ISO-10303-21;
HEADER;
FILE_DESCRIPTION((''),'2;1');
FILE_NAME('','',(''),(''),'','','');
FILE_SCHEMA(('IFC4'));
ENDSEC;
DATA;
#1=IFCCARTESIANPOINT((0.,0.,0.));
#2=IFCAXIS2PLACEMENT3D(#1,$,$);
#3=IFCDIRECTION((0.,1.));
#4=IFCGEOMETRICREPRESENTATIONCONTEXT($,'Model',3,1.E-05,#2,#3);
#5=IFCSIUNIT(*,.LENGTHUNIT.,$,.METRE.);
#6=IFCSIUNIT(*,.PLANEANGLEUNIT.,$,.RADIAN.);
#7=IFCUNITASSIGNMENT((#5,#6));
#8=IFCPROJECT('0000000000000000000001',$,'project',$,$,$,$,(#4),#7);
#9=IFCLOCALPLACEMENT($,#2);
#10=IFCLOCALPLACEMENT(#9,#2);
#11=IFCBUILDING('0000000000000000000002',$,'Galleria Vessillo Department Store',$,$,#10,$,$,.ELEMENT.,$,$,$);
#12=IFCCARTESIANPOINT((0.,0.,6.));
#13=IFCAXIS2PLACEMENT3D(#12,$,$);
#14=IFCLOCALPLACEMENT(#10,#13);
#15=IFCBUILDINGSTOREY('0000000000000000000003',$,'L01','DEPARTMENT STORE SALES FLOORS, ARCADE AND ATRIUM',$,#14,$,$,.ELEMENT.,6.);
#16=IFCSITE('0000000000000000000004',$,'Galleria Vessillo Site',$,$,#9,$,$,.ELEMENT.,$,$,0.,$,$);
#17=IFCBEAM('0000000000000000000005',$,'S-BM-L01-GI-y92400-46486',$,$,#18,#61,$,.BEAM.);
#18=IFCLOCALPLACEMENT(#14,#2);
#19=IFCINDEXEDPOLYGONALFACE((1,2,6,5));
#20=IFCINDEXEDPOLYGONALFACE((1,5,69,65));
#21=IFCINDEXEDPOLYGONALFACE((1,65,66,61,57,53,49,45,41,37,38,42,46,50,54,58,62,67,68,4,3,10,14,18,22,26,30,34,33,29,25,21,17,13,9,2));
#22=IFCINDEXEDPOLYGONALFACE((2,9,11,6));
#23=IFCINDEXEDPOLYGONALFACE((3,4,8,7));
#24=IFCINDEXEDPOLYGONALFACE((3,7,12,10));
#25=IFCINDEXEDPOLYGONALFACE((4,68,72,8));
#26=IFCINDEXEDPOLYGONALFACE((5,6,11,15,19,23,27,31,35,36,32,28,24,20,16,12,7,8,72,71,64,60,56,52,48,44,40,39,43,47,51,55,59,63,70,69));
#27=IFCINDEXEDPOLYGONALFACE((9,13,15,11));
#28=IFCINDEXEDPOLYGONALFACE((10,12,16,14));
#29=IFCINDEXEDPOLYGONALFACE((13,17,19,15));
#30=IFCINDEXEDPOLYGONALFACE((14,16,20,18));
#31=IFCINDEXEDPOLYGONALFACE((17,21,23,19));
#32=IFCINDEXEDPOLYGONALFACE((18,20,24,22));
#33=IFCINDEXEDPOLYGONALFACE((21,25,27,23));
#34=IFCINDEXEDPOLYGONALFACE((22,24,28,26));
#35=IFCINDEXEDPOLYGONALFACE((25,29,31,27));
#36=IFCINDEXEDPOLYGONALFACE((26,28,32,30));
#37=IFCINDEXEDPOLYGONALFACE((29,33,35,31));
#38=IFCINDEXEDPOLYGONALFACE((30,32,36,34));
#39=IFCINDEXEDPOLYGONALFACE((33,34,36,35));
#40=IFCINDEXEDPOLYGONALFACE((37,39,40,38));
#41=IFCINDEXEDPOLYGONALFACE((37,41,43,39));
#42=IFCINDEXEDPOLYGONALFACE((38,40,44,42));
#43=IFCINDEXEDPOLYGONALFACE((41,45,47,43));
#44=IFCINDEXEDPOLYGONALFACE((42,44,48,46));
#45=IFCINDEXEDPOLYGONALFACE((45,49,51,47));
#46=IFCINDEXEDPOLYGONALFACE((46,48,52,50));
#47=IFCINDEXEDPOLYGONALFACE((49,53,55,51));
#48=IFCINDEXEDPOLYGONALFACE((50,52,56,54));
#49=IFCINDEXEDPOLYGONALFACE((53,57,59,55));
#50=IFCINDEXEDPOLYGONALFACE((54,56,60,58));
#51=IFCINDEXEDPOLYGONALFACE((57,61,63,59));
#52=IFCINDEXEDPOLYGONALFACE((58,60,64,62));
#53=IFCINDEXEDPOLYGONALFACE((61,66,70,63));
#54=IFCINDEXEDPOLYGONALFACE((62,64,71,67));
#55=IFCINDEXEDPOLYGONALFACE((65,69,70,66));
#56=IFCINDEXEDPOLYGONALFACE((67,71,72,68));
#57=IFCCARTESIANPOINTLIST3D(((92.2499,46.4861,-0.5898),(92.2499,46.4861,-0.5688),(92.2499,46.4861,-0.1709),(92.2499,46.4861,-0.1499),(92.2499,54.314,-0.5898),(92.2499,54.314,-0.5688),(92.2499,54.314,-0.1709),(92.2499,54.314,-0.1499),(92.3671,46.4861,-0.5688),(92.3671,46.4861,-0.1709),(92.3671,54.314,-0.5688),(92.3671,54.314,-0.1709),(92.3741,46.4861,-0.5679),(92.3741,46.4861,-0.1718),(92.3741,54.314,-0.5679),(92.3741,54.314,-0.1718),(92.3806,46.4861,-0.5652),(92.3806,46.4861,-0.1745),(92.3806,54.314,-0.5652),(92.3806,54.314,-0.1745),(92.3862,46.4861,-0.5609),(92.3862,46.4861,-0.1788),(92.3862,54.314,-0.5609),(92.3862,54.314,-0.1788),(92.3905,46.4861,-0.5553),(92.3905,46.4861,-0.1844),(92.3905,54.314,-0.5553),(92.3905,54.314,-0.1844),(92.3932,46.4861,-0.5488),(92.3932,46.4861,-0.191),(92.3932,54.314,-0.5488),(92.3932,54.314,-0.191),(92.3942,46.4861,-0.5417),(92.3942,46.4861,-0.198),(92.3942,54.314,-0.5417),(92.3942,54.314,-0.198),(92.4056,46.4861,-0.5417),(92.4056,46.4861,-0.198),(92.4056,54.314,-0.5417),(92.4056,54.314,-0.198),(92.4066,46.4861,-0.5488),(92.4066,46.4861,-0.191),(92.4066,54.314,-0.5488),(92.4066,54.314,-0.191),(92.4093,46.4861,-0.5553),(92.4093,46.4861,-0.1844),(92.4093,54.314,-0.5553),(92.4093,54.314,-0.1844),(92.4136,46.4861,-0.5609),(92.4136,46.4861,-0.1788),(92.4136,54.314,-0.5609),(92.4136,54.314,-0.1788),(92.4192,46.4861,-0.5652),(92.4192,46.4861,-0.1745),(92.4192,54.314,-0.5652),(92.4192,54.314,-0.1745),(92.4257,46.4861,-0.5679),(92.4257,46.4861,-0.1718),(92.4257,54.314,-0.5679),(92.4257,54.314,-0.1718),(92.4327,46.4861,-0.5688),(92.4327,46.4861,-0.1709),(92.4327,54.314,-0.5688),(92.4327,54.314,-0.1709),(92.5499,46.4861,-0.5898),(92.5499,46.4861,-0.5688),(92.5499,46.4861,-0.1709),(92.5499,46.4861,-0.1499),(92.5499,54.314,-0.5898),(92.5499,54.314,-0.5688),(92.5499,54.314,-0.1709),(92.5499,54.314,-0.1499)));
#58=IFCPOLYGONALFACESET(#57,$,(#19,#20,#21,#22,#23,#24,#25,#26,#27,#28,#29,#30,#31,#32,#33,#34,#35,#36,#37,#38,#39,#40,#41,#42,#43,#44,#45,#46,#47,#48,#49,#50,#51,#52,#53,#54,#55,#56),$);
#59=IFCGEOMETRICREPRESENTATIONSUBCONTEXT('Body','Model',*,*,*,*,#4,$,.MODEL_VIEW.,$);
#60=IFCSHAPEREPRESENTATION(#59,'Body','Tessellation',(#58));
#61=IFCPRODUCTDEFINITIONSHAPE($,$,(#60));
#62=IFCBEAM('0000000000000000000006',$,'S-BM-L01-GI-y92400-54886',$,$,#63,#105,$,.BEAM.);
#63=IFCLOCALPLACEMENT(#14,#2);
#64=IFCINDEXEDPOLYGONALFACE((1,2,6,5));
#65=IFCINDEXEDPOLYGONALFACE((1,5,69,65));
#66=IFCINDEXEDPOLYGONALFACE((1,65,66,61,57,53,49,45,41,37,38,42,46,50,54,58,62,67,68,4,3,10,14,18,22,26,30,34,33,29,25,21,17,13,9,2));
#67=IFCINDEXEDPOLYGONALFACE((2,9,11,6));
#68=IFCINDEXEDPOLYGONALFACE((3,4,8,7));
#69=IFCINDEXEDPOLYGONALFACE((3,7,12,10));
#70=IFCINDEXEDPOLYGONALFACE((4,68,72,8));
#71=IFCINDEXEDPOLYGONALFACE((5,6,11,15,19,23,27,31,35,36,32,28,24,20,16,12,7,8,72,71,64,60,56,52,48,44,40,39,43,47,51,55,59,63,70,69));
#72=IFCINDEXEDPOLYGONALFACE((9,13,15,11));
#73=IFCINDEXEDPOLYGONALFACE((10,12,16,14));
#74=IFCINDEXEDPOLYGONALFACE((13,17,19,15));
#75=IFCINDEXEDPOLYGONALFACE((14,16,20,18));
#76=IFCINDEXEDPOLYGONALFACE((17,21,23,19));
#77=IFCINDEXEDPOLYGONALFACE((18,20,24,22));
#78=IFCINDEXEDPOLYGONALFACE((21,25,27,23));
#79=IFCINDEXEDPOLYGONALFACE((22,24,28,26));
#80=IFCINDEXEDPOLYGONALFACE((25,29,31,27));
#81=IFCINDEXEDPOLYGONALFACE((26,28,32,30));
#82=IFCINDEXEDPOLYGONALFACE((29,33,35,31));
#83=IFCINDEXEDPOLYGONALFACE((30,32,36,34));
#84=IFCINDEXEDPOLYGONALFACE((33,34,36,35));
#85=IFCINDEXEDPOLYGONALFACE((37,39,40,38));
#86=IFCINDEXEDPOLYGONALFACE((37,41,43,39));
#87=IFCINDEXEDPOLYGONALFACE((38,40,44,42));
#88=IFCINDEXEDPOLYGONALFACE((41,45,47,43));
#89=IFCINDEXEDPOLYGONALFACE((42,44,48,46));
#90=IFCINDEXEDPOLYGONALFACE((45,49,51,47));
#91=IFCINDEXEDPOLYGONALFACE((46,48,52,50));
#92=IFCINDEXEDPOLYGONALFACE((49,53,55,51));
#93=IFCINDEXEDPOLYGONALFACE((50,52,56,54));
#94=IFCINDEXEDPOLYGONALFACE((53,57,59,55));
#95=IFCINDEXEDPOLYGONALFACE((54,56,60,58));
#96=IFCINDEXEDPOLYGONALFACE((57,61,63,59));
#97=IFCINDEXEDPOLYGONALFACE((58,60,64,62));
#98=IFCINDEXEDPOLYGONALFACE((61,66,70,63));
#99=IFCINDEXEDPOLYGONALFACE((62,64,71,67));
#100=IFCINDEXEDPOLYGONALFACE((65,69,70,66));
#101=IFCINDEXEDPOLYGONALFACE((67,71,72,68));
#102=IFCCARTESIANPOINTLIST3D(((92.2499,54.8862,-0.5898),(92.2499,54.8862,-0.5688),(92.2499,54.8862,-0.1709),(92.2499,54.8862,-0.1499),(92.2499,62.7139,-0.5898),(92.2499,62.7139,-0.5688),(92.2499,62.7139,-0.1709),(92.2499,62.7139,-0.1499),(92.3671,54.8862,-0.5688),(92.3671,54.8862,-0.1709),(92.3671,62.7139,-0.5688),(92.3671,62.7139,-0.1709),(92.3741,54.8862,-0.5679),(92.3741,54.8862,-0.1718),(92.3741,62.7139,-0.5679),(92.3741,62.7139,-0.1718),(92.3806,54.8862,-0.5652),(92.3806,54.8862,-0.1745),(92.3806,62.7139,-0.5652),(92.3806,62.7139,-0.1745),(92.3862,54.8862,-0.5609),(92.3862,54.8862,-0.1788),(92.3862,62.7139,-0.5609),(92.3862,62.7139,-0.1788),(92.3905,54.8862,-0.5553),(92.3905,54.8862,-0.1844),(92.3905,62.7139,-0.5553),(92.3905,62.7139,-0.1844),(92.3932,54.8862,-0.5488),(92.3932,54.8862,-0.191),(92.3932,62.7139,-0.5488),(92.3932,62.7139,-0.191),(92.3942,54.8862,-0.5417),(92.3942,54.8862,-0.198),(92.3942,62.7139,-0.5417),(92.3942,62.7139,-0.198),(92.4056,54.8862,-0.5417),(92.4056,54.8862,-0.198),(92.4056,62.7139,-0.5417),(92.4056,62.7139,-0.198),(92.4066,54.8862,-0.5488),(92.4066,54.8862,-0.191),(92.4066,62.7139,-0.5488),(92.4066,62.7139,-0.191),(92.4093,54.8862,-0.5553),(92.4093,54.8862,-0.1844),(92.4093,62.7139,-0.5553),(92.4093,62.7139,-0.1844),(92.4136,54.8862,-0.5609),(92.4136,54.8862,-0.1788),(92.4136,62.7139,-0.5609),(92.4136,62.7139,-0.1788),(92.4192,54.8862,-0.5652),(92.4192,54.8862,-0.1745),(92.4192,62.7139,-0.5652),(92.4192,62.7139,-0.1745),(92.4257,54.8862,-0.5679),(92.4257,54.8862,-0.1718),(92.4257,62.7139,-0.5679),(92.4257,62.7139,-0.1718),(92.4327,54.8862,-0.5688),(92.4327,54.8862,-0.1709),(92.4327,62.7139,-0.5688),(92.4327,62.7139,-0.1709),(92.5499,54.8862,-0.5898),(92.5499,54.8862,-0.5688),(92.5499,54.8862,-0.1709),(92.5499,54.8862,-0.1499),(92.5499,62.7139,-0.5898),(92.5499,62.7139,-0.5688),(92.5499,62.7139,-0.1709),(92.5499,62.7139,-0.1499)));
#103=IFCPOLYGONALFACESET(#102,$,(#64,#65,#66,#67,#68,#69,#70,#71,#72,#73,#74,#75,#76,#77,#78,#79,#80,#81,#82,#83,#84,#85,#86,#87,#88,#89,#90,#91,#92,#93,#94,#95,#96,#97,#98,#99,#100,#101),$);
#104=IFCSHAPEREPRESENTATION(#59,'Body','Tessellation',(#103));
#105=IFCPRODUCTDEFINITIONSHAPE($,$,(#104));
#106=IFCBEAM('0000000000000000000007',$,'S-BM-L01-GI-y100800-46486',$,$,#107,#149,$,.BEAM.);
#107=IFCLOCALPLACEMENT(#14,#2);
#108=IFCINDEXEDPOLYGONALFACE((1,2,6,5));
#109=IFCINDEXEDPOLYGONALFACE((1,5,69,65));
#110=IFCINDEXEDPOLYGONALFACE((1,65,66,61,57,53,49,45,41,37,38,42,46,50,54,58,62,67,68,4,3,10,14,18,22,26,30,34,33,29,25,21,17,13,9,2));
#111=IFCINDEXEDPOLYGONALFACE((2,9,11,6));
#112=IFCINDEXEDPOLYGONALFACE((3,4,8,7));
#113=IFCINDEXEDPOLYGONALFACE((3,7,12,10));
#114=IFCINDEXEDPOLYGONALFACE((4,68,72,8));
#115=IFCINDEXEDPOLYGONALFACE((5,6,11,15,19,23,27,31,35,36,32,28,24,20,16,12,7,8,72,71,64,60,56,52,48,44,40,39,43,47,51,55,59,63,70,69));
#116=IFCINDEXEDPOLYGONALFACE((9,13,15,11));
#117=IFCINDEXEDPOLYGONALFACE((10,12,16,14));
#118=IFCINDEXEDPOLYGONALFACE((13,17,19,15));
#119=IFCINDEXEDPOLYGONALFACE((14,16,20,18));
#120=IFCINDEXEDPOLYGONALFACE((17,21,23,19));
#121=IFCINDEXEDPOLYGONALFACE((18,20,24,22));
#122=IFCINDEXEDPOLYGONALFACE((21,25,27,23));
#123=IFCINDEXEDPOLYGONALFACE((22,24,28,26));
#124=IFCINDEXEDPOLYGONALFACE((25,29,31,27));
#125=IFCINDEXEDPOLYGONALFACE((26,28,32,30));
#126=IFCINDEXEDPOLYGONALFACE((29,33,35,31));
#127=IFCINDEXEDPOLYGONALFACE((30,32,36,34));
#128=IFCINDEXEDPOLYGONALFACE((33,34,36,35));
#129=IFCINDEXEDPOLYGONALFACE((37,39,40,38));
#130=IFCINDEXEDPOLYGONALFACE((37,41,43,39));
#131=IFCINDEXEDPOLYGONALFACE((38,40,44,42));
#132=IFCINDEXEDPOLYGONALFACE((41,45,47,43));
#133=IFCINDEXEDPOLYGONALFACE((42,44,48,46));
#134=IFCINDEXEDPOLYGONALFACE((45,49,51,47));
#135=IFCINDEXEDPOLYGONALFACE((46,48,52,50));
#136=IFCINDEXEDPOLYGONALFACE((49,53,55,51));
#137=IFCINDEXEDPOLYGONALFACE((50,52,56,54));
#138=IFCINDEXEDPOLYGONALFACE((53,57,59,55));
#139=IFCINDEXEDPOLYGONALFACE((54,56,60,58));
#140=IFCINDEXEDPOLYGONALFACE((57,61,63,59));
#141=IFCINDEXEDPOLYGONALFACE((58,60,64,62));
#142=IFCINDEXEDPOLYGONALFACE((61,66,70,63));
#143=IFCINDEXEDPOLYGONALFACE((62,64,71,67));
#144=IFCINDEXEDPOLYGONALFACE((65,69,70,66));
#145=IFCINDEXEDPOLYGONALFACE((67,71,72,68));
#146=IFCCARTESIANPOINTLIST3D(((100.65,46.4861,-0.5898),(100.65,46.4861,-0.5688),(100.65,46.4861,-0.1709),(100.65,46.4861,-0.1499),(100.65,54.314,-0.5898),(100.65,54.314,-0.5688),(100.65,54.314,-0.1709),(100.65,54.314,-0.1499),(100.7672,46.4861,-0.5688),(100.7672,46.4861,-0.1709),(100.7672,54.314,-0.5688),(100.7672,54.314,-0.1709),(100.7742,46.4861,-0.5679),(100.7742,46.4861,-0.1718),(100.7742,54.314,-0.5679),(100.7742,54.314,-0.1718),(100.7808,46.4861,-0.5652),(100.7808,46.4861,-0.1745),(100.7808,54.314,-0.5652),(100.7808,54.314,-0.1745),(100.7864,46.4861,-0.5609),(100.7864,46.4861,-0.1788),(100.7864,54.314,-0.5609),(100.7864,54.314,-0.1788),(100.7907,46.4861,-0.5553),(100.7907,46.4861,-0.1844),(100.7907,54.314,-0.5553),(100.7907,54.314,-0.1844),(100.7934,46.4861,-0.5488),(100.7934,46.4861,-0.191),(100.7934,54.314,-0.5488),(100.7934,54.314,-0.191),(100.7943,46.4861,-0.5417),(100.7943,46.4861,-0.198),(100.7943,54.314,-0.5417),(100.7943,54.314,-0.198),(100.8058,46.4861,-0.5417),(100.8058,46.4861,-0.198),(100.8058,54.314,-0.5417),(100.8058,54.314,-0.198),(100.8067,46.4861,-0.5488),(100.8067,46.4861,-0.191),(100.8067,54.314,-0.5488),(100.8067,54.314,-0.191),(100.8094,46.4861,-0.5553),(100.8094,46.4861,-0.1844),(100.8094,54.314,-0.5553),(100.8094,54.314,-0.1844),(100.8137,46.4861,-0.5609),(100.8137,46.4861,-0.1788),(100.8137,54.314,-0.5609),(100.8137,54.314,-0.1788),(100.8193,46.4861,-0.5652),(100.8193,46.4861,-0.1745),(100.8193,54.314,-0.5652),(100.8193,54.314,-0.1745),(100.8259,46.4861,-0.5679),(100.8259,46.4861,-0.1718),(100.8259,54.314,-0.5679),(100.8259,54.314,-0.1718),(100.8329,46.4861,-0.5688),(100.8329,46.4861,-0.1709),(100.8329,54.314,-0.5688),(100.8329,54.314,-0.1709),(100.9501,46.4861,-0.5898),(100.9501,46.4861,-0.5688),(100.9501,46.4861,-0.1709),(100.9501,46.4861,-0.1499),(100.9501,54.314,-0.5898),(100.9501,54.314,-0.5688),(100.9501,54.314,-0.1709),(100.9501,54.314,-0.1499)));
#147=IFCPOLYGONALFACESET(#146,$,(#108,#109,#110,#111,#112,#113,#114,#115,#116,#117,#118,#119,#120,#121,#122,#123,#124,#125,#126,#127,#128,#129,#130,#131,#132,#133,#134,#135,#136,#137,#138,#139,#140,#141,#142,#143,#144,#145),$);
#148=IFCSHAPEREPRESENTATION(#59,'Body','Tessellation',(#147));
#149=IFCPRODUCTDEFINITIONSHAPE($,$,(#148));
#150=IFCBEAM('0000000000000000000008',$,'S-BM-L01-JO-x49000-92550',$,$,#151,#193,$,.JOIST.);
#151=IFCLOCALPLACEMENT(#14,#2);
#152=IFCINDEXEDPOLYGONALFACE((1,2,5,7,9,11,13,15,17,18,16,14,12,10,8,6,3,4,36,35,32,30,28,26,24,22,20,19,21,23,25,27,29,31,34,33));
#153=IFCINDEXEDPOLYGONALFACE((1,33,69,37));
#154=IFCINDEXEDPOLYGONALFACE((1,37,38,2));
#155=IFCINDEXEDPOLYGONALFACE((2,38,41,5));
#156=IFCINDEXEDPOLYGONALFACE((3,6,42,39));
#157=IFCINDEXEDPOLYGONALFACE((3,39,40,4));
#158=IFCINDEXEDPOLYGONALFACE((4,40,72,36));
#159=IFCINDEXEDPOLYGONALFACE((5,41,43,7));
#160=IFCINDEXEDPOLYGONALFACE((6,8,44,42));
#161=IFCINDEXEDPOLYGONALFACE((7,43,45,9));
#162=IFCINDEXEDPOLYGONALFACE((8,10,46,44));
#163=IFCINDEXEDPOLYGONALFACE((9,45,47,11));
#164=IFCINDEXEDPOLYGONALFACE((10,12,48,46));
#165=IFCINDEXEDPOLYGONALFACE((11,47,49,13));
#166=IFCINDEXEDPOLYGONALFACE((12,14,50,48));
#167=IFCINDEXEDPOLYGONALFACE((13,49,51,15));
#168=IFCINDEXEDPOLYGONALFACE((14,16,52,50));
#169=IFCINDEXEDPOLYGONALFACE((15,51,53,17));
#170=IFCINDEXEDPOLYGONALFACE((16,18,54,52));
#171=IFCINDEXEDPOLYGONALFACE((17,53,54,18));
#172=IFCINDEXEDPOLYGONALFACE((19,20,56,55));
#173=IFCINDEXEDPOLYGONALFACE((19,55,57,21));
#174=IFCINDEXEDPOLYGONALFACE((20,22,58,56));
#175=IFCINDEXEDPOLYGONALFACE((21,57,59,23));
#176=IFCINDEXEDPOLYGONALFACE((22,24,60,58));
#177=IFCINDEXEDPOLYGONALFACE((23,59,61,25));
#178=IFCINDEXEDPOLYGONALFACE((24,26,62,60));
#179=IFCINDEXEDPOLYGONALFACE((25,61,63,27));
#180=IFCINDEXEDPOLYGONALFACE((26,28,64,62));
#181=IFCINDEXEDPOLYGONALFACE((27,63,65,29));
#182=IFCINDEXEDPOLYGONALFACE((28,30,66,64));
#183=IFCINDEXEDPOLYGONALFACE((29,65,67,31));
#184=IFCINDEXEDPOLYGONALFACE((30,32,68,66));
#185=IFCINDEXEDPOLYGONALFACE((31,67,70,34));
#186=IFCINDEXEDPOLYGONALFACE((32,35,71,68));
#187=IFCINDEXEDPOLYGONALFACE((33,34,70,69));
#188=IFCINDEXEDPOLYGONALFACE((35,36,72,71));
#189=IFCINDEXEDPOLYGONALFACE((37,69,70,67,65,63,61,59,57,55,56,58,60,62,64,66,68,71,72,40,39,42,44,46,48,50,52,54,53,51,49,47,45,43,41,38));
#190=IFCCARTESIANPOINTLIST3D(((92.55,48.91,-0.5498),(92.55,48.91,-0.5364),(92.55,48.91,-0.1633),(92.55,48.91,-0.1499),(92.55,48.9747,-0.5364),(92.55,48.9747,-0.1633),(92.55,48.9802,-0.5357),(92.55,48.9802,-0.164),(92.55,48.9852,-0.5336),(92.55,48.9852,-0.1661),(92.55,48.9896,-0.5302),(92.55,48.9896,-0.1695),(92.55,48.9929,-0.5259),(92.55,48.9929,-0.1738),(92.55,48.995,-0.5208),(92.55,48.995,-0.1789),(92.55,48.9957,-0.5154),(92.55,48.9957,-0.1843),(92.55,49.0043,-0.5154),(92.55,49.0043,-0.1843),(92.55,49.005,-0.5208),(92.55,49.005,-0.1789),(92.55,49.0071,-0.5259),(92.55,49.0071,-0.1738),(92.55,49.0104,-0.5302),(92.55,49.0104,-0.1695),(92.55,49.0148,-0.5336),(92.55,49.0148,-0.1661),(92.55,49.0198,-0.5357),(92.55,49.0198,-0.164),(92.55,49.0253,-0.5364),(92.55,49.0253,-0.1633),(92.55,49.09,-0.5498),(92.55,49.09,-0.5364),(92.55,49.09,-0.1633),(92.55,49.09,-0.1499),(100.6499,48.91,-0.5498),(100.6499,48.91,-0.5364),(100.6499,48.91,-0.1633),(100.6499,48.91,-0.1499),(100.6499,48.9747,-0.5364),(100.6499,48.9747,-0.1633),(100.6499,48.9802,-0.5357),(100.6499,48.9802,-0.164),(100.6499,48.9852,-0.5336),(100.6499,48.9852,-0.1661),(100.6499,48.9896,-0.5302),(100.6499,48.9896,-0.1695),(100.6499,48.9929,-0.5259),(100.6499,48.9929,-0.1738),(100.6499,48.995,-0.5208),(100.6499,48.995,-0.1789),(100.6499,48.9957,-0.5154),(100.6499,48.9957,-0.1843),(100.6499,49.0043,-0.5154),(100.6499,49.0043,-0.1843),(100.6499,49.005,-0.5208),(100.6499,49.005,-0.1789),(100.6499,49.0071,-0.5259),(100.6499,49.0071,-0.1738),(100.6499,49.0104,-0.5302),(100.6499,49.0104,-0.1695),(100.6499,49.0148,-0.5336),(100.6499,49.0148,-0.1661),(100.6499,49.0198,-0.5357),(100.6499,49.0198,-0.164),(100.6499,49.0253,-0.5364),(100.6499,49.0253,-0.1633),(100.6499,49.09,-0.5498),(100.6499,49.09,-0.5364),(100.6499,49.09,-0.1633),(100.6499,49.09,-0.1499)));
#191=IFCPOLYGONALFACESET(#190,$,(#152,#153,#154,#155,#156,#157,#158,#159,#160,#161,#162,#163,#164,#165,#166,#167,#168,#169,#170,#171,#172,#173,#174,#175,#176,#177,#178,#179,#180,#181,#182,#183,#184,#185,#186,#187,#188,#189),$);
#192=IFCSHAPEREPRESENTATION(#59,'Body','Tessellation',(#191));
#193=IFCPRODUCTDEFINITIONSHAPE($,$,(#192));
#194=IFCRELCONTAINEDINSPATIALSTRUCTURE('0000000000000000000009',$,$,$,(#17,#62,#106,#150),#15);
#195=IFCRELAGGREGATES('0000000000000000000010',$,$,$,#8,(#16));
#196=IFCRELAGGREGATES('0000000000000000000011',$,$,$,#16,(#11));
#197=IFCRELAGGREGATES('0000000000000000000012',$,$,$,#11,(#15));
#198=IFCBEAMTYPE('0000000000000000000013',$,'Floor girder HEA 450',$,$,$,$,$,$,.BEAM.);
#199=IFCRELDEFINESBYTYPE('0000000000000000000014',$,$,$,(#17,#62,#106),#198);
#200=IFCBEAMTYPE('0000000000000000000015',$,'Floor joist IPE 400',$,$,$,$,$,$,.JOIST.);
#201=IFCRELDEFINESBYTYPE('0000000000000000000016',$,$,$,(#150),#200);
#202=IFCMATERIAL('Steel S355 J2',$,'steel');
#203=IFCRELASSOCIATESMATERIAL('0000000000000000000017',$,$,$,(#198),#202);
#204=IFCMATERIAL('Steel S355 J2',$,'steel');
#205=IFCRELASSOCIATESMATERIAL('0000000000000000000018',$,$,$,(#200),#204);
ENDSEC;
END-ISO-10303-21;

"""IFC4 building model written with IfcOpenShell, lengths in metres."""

from ifc_helpers import new_model, si_unit, direction, frame, origin, origin_2d, place, context, subcontext, project, spatial, i_section, extrude, material, material_profile, profile_set, type_object, element, save


model = new_model("IFC4")

# Units and contexts
model_context = context("Model", 3, precision=1e-05, world=origin(), true_north=direction((0.0, 1.0)))
body_context = subcontext(model_context, "Body", "Model", "MODEL_VIEW")
ifc_project = project(units=[si_unit("LENGTHUNIT", "METRE"), si_unit("PLANEANGLEUNIT", "RADIAN")], contexts=[model_context])

# Site, building, storey
site_placement = place(None, origin())
site = spatial("IfcSite", under=ifc_project, at=site_placement, Name="Galleria Vessillo Site", CompositionType="ELEMENT", RefElevation=0.0)
building_placement = place(site_placement, origin())
building = spatial("IfcBuilding", under=site, at=building_placement, Name="Galleria Vessillo Department Store", CompositionType="ELEMENT")
storey_placement = place(building_placement, frame((0.0, 0.0, 6.0)))
storey = spatial("IfcBuildingStorey", under=building, at=storey_placement, Name="L01", Description="DEPARTMENT STORE SALES FLOORS, ARCADE AND ATRIUM", CompositionType="ELEMENT", Elevation=6.0)

# Beams
ifc_material_1 = material(Name="Steel S355 J2", Category="steel")
ifc_material_profile_1 = material_profile(ifc_material_1, i_section(OverallWidth=0.3, OverallDepth=0.4399, WebThickness=0.0115, FlangeThickness=0.021, FilletRadius=0.0271, at=origin_2d()), Name="HEA 450")
ifc_profile_set_1 = profile_set([ifc_material_profile_1], Name="Steel S355 J2")
beam_type_1 = type_object("IfcBeamType", Name="Floor girder HEA 450", PredefinedType="BEAM", material=ifc_profile_set_1)
beam_1_placement = place(storey_placement, frame((92.3999, 46.4861, -0.3699), z_axis=(0.0, 1.0, 0.0), x_axis=(-1.0, 0.0, 0.0)))
element("IfcBeam", 1, at=beam_1_placement, inside=storey, type_object=beam_type_1, Name="S-BM-L01-GI-y92400-46486", PredefinedType="BEAM", context=body_context, shape_type="SweptSolid", body=[
    extrude(i_section(OverallWidth=0.3, OverallDepth=0.4399, WebThickness=0.0115, FlangeThickness=0.021, FilletRadius=0.0271, at=origin_2d()), origin(), (0.0, 0.0, 1.0), 7.8279),
])
beam_2_placement = place(storey_placement, frame((92.3999, 54.8862, -0.3699), z_axis=(0.0, 1.0, 0.0), x_axis=(-1.0, 0.0, 0.0)))
element("IfcBeam", 2, at=beam_2_placement, inside=storey, type_object=beam_type_1, Name="S-BM-L01-GI-y92400-54886", PredefinedType="BEAM", context=body_context, shape_type="SweptSolid", body=[
    extrude(i_section(OverallWidth=0.3, OverallDepth=0.4399, WebThickness=0.0115, FlangeThickness=0.021, FilletRadius=0.0271, at=origin_2d()), origin(), (0.0, 0.0, 1.0), 7.8276),
])
beam_3_placement = place(storey_placement, frame((100.8, 46.4861, -0.3699), z_axis=(0.0, 1.0, 0.0), x_axis=(-1.0, 0.0, 0.0)))
element("IfcBeam", 3, at=beam_3_placement, inside=storey, type_object=beam_type_1, Name="S-BM-L01-GI-y100800-46486", PredefinedType="BEAM", context=body_context, shape_type="SweptSolid", body=[
    extrude(i_section(OverallWidth=0.3, OverallDepth=0.4399, WebThickness=0.0115, FlangeThickness=0.021, FilletRadius=0.0271, at=origin_2d()), origin(), (0.0, 0.0, 1.0), 7.8279),
])
ifc_material_2 = material(Name="Steel S355 J2", Category="steel")
ifc_material_profile_2 = material_profile(ifc_material_2, i_section(OverallWidth=0.1799, OverallDepth=0.3999, WebThickness=0.0085, FlangeThickness=0.0134, FilletRadius=0.021, at=origin_2d()), Name="IPE 400")
ifc_profile_set_2 = profile_set([ifc_material_profile_2], Name="Steel S355 J2")
beam_type_2 = type_object("IfcBeamType", Name="Floor joist IPE 400", PredefinedType="JOIST", material=ifc_profile_set_2)
for number, where, z_axis, x_axis, name in (
    (4, (92.55, 49.0, -0.3499), (1.0, 0.0, 0.0), (0.0, 1.0, 0.0), "S-BM-L01-JO-x49000-92550"),
):
    element("IfcBeam", number, at=place(storey_placement, frame(where, z_axis=z_axis, x_axis=x_axis)), inside=storey, type_object=beam_type_2, Name=name, PredefinedType="JOIST", context=body_context, shape_type="SweptSolid", body=[
        extrude(i_section(OverallWidth=0.1799, OverallDepth=0.3999, WebThickness=0.0085, FlangeThickness=0.0134, FilletRadius=0.021, at=origin_2d()), origin(), (0.0, 0.0, 1.0), 8.0999),
    ])

save(model, "model.ifc")
